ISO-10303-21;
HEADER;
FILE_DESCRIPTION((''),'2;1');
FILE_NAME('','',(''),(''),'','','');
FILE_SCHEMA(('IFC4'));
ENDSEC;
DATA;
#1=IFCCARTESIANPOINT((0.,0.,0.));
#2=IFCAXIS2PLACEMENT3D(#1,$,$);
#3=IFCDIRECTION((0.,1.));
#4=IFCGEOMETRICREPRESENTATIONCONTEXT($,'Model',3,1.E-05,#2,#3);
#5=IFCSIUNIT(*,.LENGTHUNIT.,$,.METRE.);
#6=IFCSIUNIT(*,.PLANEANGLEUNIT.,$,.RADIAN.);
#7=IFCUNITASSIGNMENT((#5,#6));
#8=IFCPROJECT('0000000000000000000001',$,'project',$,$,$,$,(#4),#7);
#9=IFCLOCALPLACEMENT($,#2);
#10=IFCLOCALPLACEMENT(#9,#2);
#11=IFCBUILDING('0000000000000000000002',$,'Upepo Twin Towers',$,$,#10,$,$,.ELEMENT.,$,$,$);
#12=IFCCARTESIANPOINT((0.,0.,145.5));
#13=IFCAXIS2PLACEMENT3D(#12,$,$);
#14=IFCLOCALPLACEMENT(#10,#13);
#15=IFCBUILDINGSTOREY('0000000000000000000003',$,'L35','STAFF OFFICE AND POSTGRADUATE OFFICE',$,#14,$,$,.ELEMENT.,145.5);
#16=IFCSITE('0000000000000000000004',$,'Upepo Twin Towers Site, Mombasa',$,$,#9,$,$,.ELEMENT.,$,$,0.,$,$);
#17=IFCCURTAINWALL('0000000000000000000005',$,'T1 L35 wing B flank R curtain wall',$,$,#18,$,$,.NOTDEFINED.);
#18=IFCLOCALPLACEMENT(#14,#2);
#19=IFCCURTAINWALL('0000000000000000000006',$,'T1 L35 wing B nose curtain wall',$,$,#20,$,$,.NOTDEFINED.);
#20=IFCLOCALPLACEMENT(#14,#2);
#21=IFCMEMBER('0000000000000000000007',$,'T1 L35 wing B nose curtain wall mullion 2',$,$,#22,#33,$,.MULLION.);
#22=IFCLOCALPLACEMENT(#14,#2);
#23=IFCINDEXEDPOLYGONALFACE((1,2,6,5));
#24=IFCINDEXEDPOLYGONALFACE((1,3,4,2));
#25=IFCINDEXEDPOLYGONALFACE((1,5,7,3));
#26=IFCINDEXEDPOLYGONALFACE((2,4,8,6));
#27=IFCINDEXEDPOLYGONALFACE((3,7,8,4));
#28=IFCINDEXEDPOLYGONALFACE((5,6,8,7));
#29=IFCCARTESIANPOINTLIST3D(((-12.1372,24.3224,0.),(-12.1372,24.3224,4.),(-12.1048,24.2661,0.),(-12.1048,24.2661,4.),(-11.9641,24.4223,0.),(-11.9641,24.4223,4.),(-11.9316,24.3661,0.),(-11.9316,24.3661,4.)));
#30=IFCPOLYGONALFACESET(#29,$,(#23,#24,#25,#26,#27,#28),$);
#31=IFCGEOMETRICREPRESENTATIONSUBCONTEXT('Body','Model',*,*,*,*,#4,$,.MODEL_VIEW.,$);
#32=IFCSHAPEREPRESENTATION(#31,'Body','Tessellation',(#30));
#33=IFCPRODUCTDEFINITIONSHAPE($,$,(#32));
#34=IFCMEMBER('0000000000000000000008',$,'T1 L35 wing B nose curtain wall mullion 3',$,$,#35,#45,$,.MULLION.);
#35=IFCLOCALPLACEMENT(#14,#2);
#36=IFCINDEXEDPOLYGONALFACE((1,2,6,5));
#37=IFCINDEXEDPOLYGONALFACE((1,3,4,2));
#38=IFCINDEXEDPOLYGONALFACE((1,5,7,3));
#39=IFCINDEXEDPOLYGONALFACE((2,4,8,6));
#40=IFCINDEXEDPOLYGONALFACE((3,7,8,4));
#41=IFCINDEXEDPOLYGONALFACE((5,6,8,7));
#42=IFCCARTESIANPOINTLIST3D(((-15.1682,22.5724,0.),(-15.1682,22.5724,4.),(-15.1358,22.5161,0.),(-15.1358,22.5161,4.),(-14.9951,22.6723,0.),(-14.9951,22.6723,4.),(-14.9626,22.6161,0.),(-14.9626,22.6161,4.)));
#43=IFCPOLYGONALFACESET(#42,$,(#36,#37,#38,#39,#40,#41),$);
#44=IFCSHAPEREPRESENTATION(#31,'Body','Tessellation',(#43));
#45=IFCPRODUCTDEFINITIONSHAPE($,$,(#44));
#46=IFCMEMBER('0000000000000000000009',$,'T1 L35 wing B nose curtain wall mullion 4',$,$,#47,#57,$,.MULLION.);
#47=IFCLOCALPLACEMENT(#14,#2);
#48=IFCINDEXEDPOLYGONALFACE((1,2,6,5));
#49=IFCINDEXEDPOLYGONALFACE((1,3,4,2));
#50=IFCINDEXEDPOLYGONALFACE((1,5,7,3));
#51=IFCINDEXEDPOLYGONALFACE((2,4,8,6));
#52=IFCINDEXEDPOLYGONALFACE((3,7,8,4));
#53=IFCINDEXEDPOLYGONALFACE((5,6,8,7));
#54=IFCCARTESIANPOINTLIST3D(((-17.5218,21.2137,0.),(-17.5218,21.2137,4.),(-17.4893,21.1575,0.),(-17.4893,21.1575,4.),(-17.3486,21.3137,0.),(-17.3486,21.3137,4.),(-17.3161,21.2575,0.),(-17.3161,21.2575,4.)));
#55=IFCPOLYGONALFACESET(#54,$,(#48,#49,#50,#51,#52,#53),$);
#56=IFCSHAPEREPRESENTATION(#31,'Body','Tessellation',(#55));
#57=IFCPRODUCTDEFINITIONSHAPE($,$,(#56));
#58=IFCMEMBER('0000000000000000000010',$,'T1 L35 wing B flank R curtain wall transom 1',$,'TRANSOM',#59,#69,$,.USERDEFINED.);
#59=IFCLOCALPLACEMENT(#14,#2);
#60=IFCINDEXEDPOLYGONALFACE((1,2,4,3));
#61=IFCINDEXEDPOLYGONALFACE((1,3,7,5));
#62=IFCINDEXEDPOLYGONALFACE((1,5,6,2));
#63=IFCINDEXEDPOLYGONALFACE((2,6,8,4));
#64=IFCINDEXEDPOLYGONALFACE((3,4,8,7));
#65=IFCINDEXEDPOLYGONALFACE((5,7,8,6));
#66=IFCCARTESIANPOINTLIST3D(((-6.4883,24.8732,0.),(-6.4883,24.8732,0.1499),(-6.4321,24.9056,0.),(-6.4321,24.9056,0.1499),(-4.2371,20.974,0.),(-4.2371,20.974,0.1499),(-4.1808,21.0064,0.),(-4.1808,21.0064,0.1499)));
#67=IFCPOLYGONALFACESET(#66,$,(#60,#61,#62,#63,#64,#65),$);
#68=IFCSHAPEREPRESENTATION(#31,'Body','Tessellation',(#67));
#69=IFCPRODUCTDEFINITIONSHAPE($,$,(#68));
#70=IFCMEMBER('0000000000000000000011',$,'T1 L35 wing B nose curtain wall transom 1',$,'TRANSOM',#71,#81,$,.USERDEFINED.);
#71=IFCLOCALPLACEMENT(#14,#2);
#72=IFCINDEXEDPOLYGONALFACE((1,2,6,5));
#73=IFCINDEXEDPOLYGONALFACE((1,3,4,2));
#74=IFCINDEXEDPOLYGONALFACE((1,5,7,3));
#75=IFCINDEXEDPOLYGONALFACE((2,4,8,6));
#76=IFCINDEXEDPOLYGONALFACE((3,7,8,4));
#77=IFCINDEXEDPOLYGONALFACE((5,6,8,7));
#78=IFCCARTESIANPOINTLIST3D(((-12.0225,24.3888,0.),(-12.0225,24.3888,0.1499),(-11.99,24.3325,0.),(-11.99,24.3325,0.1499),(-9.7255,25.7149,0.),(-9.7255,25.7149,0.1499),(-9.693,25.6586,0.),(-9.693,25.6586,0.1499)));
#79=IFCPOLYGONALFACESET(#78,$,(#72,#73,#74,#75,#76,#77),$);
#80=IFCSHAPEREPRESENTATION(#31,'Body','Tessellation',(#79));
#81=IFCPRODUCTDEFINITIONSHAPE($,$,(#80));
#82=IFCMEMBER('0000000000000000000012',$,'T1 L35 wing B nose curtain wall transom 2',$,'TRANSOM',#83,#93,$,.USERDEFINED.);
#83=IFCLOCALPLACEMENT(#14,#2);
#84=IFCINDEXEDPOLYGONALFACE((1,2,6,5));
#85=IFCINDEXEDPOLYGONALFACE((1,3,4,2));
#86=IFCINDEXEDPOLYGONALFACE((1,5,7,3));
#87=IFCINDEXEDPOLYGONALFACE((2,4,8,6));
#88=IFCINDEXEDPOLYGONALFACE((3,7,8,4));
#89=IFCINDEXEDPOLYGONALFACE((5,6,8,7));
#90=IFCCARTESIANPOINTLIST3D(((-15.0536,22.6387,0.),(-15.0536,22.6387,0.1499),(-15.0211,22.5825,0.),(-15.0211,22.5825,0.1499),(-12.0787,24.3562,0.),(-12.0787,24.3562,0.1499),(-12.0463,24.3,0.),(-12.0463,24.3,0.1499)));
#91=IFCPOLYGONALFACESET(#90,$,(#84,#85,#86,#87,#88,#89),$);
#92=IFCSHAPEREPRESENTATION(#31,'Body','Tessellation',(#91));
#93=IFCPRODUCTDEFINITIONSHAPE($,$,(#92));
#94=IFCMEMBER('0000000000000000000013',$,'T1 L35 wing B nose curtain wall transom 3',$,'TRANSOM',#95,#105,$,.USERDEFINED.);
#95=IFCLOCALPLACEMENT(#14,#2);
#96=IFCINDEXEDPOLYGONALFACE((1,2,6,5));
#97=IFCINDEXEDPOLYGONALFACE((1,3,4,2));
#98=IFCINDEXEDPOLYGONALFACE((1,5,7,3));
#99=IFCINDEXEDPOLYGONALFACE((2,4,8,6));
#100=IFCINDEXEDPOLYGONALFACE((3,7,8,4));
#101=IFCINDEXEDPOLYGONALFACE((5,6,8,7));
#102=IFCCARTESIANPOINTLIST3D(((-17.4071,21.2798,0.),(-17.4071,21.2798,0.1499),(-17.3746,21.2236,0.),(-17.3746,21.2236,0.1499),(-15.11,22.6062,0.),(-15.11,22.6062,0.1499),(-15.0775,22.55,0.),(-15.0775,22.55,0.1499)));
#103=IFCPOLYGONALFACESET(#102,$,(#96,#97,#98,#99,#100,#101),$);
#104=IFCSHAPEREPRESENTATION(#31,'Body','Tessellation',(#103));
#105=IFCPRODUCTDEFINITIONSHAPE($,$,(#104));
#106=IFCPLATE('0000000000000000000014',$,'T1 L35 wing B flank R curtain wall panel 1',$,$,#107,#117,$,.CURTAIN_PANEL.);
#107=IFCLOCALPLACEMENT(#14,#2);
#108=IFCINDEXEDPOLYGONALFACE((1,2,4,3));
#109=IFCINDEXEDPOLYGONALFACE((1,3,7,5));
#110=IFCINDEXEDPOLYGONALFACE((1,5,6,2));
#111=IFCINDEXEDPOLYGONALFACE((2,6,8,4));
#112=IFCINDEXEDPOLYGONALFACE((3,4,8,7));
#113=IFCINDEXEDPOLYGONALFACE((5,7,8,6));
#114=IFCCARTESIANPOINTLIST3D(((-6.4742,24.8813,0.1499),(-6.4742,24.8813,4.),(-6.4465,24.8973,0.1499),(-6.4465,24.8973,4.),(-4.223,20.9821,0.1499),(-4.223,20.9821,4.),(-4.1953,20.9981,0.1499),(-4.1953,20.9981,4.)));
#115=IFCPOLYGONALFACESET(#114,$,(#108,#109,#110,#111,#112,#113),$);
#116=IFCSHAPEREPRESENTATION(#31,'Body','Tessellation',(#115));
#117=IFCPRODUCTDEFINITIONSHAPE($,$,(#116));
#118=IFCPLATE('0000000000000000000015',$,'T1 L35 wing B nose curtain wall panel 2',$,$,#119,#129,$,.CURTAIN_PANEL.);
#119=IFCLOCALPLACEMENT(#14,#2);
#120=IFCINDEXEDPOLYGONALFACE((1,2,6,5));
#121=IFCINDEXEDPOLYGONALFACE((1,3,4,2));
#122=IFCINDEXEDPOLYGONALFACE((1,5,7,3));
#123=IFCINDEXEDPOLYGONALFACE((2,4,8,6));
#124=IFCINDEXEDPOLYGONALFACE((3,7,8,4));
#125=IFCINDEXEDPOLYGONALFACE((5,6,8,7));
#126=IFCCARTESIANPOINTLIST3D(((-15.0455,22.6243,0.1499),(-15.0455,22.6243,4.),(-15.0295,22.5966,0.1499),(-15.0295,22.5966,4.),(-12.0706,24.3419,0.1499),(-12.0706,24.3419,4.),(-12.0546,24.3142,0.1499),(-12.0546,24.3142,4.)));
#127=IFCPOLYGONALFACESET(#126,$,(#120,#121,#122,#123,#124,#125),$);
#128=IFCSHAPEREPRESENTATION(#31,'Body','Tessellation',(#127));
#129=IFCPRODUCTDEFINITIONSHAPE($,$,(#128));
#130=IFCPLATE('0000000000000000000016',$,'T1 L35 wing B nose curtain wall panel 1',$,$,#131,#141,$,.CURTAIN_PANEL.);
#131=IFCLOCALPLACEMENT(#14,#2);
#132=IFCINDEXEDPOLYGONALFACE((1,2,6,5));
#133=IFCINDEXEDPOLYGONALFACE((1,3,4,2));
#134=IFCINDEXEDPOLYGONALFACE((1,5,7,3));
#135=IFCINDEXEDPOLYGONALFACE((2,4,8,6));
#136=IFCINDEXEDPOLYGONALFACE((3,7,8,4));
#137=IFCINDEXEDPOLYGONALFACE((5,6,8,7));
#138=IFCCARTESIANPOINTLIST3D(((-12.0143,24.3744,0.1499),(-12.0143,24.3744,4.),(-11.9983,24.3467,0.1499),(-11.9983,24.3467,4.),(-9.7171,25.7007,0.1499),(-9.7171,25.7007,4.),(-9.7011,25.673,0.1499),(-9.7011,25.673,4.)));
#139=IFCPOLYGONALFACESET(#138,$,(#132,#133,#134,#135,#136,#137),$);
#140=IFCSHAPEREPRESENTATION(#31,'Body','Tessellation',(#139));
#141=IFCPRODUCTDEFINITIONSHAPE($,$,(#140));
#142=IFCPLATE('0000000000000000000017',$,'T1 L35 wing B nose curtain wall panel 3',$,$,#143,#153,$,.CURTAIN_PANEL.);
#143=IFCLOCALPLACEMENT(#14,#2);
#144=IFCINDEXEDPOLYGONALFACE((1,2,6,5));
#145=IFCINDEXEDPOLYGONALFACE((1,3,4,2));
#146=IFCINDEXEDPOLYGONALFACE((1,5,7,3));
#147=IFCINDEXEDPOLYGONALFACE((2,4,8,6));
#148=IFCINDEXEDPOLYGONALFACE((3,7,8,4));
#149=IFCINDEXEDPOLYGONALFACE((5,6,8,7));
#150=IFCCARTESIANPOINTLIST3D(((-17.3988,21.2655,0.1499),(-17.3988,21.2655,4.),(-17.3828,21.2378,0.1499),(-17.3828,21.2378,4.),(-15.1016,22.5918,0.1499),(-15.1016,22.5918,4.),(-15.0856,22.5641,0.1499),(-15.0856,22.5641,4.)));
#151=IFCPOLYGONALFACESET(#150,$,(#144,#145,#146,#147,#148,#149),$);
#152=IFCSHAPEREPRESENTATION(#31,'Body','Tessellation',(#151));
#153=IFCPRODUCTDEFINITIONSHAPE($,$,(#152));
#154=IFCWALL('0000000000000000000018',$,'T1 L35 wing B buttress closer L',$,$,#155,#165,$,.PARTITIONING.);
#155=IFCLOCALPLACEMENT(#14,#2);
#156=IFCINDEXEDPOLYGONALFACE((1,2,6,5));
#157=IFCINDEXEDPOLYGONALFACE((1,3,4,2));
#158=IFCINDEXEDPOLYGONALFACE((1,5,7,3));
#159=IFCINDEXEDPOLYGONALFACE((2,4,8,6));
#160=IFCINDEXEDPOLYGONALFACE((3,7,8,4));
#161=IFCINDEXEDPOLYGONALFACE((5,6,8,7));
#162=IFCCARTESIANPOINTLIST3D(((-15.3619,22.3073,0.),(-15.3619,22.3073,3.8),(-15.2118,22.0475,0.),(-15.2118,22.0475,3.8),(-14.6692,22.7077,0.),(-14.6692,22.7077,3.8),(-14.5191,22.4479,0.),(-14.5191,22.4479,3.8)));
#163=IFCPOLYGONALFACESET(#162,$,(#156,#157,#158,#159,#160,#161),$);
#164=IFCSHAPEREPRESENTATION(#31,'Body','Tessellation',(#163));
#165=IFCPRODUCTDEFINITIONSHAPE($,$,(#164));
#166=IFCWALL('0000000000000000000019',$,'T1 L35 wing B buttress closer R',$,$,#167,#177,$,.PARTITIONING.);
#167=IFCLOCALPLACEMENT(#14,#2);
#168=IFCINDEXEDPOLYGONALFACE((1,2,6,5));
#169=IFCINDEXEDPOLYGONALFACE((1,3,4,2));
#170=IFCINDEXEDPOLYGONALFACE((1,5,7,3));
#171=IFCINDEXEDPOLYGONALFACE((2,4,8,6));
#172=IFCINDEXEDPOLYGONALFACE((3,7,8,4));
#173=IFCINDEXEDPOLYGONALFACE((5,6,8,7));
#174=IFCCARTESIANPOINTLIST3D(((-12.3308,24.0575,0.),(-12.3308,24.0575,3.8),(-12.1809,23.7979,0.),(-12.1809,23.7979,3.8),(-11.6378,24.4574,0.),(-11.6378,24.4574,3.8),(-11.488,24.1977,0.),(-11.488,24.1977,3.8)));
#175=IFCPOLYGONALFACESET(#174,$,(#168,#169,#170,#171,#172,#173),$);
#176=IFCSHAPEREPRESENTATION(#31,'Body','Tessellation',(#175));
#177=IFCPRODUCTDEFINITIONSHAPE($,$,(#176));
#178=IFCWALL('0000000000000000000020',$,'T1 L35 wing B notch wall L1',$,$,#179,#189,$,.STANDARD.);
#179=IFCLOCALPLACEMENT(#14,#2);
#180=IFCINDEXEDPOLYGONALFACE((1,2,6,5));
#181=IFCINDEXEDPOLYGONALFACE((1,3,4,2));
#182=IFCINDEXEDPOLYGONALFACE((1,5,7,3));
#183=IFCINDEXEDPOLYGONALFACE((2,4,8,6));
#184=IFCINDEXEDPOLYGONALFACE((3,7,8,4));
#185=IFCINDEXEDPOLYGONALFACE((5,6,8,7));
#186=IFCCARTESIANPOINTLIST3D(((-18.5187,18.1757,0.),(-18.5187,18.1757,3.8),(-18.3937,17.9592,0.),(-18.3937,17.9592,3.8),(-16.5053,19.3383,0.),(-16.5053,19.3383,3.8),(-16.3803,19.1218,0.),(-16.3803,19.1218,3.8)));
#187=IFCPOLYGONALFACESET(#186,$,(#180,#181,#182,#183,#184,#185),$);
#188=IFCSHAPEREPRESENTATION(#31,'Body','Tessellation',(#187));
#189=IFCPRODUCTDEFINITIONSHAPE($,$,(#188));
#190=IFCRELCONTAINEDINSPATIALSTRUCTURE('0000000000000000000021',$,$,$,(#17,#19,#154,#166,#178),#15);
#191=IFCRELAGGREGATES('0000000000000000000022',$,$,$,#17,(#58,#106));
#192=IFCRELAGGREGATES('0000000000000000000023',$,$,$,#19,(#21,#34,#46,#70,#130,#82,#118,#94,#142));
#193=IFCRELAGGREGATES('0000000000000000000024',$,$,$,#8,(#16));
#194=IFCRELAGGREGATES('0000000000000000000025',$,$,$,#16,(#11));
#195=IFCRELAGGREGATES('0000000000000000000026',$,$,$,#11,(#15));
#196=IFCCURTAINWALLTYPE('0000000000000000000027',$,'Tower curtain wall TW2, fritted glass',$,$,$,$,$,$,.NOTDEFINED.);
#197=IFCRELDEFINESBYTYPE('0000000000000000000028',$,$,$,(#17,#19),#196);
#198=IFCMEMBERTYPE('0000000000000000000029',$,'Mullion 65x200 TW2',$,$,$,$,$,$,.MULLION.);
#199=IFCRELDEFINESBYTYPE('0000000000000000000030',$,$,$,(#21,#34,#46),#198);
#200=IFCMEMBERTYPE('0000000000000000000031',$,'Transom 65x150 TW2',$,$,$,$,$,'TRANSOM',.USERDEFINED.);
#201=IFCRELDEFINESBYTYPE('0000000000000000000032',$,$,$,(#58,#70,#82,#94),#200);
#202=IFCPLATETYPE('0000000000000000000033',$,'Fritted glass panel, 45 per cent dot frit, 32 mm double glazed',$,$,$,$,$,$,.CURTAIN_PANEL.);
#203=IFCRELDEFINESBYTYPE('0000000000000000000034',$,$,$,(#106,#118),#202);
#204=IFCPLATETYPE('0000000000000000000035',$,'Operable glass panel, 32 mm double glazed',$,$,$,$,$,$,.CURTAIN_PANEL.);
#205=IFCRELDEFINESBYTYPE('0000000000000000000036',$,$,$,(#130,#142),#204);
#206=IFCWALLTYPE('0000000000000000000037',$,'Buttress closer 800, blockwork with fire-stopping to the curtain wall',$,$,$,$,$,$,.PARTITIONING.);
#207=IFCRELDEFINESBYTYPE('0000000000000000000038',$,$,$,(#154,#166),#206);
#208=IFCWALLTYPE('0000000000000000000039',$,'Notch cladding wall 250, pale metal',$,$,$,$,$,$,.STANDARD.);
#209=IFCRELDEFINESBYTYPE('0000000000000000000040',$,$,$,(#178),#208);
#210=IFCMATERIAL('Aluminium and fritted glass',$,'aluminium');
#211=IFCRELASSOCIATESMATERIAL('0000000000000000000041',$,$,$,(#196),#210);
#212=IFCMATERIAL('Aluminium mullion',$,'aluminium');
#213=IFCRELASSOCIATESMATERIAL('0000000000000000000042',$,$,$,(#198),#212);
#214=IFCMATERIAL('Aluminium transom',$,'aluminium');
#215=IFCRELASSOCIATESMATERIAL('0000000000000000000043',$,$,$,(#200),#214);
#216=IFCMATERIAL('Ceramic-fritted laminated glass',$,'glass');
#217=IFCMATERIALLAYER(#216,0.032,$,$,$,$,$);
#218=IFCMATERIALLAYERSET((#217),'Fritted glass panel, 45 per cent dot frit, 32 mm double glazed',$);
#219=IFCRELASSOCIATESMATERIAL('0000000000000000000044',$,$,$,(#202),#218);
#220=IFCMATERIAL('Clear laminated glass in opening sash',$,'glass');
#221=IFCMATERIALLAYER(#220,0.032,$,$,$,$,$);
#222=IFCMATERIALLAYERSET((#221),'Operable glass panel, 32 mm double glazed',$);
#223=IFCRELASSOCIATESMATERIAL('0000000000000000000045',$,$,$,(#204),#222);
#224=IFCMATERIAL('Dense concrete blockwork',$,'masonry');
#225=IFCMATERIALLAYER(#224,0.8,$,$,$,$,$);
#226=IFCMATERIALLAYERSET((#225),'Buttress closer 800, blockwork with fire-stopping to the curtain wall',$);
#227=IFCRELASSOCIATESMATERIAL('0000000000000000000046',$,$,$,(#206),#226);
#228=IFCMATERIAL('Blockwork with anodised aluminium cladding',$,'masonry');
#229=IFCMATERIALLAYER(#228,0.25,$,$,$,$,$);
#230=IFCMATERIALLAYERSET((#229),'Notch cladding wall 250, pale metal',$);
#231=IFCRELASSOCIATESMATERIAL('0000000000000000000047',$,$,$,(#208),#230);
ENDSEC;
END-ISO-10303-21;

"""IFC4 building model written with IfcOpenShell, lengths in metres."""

from ifc_helpers import new_model, si_unit, direction, frame, frame_2d, origin, origin_2d, place, context, subcontext, project, spatial, rectangle, extrude, material, layer, layer_set, material_profile, profile_set, type_object, element, aggregate, save


model = new_model("IFC4")

# Units and contexts
model_context = context("Model", 3, precision=1e-05, world=origin(), true_north=direction((0.0, 1.0)))
body_context = subcontext(model_context, "Body", "Model", "MODEL_VIEW")
ifc_project = project(units=[si_unit("LENGTHUNIT", "METRE"), si_unit("PLANEANGLEUNIT", "RADIAN")], contexts=[model_context])

# Site, building, storey
site_placement = place(None, origin())
site = spatial("IfcSite", under=ifc_project, at=site_placement, Name="Upepo Twin Towers Site, Mombasa", CompositionType="ELEMENT", RefElevation=0.0)
building_placement = place(site_placement, origin())
building = spatial("IfcBuilding", under=site, at=building_placement, Name="Upepo Twin Towers", CompositionType="ELEMENT")
storey_placement = place(building_placement, frame((0.0, 0.0, 145.5)))
storey = spatial("IfcBuildingStorey", under=building, at=storey_placement, Name="L35", Description="STAFF OFFICE AND POSTGRADUATE OFFICE", CompositionType="ELEMENT", Elevation=145.5)

# Shared definitions
ifc_material_1 = material(Name="Aluminium and fritted glass", Category="aluminium")
curtain_wall_type = type_object("IfcCurtainWallType", Name="Tower curtain wall TW2, fritted glass", PredefinedType="NOTDEFINED", material=ifc_material_1)
ifc_material_2 = material(Name="Aluminium mullion", Category="aluminium")
ifc_material_profile_1 = material_profile(ifc_material_2, rectangle(XDim=0.0649, YDim=0.2, at=origin_2d()), Name="MULLION 65x200")
ifc_profile_set_1 = profile_set([ifc_material_profile_1], Name="Aluminium mullion")
member_type_1 = type_object("IfcMemberType", Name="Mullion 65x200 TW2", PredefinedType="MULLION", material=ifc_profile_set_1)

# Curtain walls, members
curtain_wall_1_placement = place(storey_placement, origin())
curtain_wall_1 = element("IfcCurtainWall", 1, at=curtain_wall_1_placement, inside=storey, type_object=curtain_wall_type, Name="T1 L35 wing B flank R curtain wall", PredefinedType="NOTDEFINED")
curtain_wall_2_placement = place(storey_placement, origin())
curtain_wall_2 = element("IfcCurtainWall", 2, at=curtain_wall_2_placement, inside=storey, type_object=curtain_wall_type, Name="T1 L35 wing B nose curtain wall", PredefinedType="NOTDEFINED")
member_1_placement = place(storey_placement, frame((-12.0344, 24.3442, 0.0), z_axis=(0.0, 0.0, 1.0), x_axis=(0.5, -0.866025, 0.0)))
member_1 = element("IfcMember", 3, at=member_1_placement, type_object=member_type_1, Name="T1 L35 wing B nose curtain wall mullion 2", PredefinedType="MULLION", context=body_context, shape_type="SweptSolid", body=[
    extrude(rectangle(XDim=0.0649, YDim=0.2, at=origin_2d()), origin(), (0.0, 0.0, 1.0), 4.0),
])
member_2_placement = place(storey_placement, frame((-15.0654, 22.5942, 0.0), z_axis=(0.0, 0.0, 1.0), x_axis=(0.5, -0.866025, 0.0)))
member_2 = element("IfcMember", 4, at=member_2_placement, type_object=member_type_1, Name="T1 L35 wing B nose curtain wall mullion 3", PredefinedType="MULLION", context=body_context, shape_type="SweptSolid", body=[
    extrude(rectangle(XDim=0.0649, YDim=0.2, at=origin_2d()), origin(), (0.0, 0.0, 1.0), 4.0),
])
member_3_placement = place(storey_placement, frame((-17.4189, 21.2356, 0.0), z_axis=(0.0, 0.0, 1.0), x_axis=(0.5, -0.866025, 0.0)))
member_3 = element("IfcMember", 5, at=member_3_placement, type_object=member_type_1, Name="T1 L35 wing B nose curtain wall mullion 4", PredefinedType="MULLION", context=body_context, shape_type="SweptSolid", body=[
    extrude(rectangle(XDim=0.0649, YDim=0.2, at=origin_2d()), origin(), (0.0, 0.0, 1.0), 4.0),
])

# Members
ifc_material_3 = material(Name="Aluminium transom", Category="aluminium")
ifc_material_profile_2 = material_profile(ifc_material_3, rectangle(XDim=0.0649, YDim=0.1499, at=origin_2d()), Name="TRANSOM 65x150")
ifc_profile_set_2 = profile_set([ifc_material_profile_2], Name="Aluminium transom")
member_type_2 = type_object("IfcMemberType", Name="Transom 65x150 TW2", ElementType="TRANSOM", PredefinedType="USERDEFINED", material=ifc_profile_set_2)
member_4_placement = place(storey_placement, frame((-6.4602, 24.8894, 0.075), z_axis=(0.500006, -0.866022, 0.0), x_axis=(0.866022, 0.500006, 0.0)))
member_4 = element("IfcMember", 6, at=member_4_placement, type_object=member_type_2, Name="T1 L35 wing B flank R curtain wall transom 1", ObjectType="TRANSOM", PredefinedType="USERDEFINED", context=body_context, shape_type="SweptSolid", body=[
    extrude(rectangle(XDim=0.0649, YDim=0.1499, at=origin_2d()), origin(), (0.0, 0.0, 1.0), 4.5024),
])
member_5_placement = place(storey_placement, frame((-9.7092, 25.6868, 0.075), z_axis=(-0.866037, -0.49998, 0.0), x_axis=(0.49998, -0.866037, 0.0)))
member_5 = element("IfcMember", 7, at=member_5_placement, type_object=member_type_2, Name="T1 L35 wing B nose curtain wall transom 1", ObjectType="TRANSOM", PredefinedType="USERDEFINED", context=body_context, shape_type="SweptSolid", body=[
    extrude(rectangle(XDim=0.0649, YDim=0.1499, at=origin_2d()), origin(), (0.0, 0.0, 1.0), 2.6523),
])
member_6_placement = place(storey_placement, frame((-12.0625, 24.3281, 0.075), z_axis=(-0.866026, -0.499999, 0.0), x_axis=(0.499999, -0.866026, 0.0)))
member_6 = element("IfcMember", 8, at=member_6_placement, type_object=member_type_2, Name="T1 L35 wing B nose curtain wall transom 2", ObjectType="TRANSOM", PredefinedType="USERDEFINED", context=body_context, shape_type="SweptSolid", body=[
    extrude(rectangle(XDim=0.0649, YDim=0.1499, at=origin_2d()), origin(), (0.0, 0.0, 1.0), 3.4351),
])
member_7_placement = place(storey_placement, frame((-15.0938, 22.5781, 0.075), z_axis=(-0.865997, -0.500049, 0.0), x_axis=(0.500049, -0.865997, 0.0)))
member_7 = element("IfcMember", 9, at=member_7_placement, type_object=member_type_2, Name="T1 L35 wing B nose curtain wall transom 3", ObjectType="TRANSOM", PredefinedType="USERDEFINED", context=body_context, shape_type="SweptSolid", body=[
    extrude(rectangle(XDim=0.0649, YDim=0.1499, at=origin_2d()), origin(), (0.0, 0.0, 1.0), 2.6526),
])

# Plates
ifc_material_4 = material(Name="Ceramic-fritted laminated glass", Category="glass")
ifc_layer_1 = layer(ifc_material_4, 0.032)
ifc_layer_set_1 = layer_set([ifc_layer_1], Name="Fritted glass panel, 45 per cent dot frit, 32 mm double glazed")
plate_type_1 = type_object("IfcPlateType", Name="Fritted glass panel, 45 per cent dot frit, 32 mm double glazed", PredefinedType="CURTAIN_PANEL", material=ifc_layer_set_1)
plate_1_placement = place(storey_placement, frame((-5.3347, 22.9397, 0.1499), z_axis=(0.0, 0.0, 1.0), x_axis=(0.5, -0.866025, 0.0)))
plate_1 = element("IfcPlate", 10, at=plate_1_placement, type_object=plate_type_1, Name="T1 L35 wing B flank R curtain wall panel 1", PredefinedType="CURTAIN_PANEL", context=body_context, shape_type="SweptSolid", body=[
    extrude(rectangle(XDim=4.5024, YDim=0.032, at=origin_2d()), origin(), (0.0, 0.0, 1.0), 3.8501),
])
aggregate(curtain_wall_1, [member_4, plate_1])
plate_2_placement = place(storey_placement, frame((-13.55, 23.4692, 0.1499), z_axis=(0.0, 0.0, 1.0), x_axis=(-0.866025, -0.5, 0.0)))
plate_2 = element("IfcPlate", 11, at=plate_2_placement, type_object=plate_type_1, Name="T1 L35 wing B nose curtain wall panel 2", PredefinedType="CURTAIN_PANEL", context=body_context, shape_type="SweptSolid", body=[
    extrude(rectangle(XDim=3.4351, YDim=0.032, at=origin_2d()), origin(), (0.0, 0.0, 1.0), 3.8501),
])
ifc_material_5 = material(Name="Clear laminated glass in opening sash", Category="glass")
ifc_layer_2 = layer(ifc_material_5, 0.032)
ifc_layer_set_2 = layer_set([ifc_layer_2], Name="Operable glass panel, 32 mm double glazed")
plate_type_2 = type_object("IfcPlateType", Name="Operable glass panel, 32 mm double glazed", PredefinedType="CURTAIN_PANEL", material=ifc_layer_set_2)
plate_3_placement = place(storey_placement, frame((-10.8577, 25.0237, 0.1499), z_axis=(0.0, 0.0, 1.0), x_axis=(-0.866025, -0.5, 0.0)))
plate_3 = element("IfcPlate", 12, at=plate_3_placement, type_object=plate_type_2, Name="T1 L35 wing B nose curtain wall panel 1", PredefinedType="CURTAIN_PANEL", context=body_context, shape_type="SweptSolid", body=[
    extrude(rectangle(XDim=2.6526, YDim=0.032, at=origin_2d()), origin(), (0.0, 0.0, 1.0), 3.8501),
])
plate_4_placement = place(storey_placement, frame((-16.2422, 21.9148, 0.1499), z_axis=(0.0, 0.0, 1.0), x_axis=(-0.866025, -0.5, 0.0)))
plate_4 = element("IfcPlate", 13, at=plate_4_placement, type_object=plate_type_2, Name="T1 L35 wing B nose curtain wall panel 3", PredefinedType="CURTAIN_PANEL", context=body_context, shape_type="SweptSolid", body=[
    extrude(rectangle(XDim=2.6526, YDim=0.032, at=origin_2d()), origin(), (0.0, 0.0, 1.0), 3.8501),
])
aggregate(curtain_wall_2, [member_1, member_2, member_3, member_5, plate_3, member_6, plate_2, member_7, plate_4])

# Walls
ifc_material_6 = material(Name="Dense concrete blockwork", Category="masonry")
ifc_layer_3 = layer(ifc_material_6, 0.8)
ifc_layer_set_3 = layer_set([ifc_layer_3], Name="Buttress closer 800, blockwork with fire-stopping to the curtain wall")
wall_type_1 = type_object("IfcWallType", Name="Buttress closer 800, blockwork with fire-stopping to the curtain wall", PredefinedType="PARTITIONING", material=ifc_layer_set_3)
wall_1_placement = place(storey_placement, frame((-14.8655, 22.2478, 0.0), z_axis=(0.0, 0.0, 1.0), x_axis=(-0.500427, 0.865779, 0.0)))
element("IfcWall", 14, at=wall_1_placement, inside=storey, type_object=wall_type_1, Name="T1 L35 wing B buttress closer L", PredefinedType="PARTITIONING", context=body_context, shape_type="SweptSolid", body=[
    extrude(rectangle(XDim=0.3, YDim=0.8, at=frame_2d((0.1499, 0.0))), origin(), (0.0, 0.0, 1.0), 3.8),
])
wall_2_placement = place(storey_placement, frame((-11.8345, 23.9978, 0.0), z_axis=(0.0, 0.0, 1.0), x_axis=(-0.499816, 0.866131, 0.0)))
element("IfcWall", 15, at=wall_2_placement, inside=storey, type_object=wall_type_1, Name="T1 L35 wing B buttress closer R", PredefinedType="PARTITIONING", context=body_context, shape_type="SweptSolid", body=[
    extrude(rectangle(XDim=0.2998, YDim=0.8, at=frame_2d((0.1499, 0.0))), origin(), (0.0, 0.0, 1.0), 3.8),
])
ifc_material_7 = material(Name="Blockwork with anodised aluminium cladding", Category="masonry")
ifc_layer_4 = layer(ifc_material_7, 0.25)
ifc_layer_set_4 = layer_set([ifc_layer_4], Name="Notch cladding wall 250, pale metal")
wall_type_2 = type_object("IfcWallType", Name="Notch cladding wall 250, pale metal", PredefinedType="STANDARD", material=ifc_layer_set_4)
for number, where, z_axis, x_axis, name in (
    (16, (-18.4563, 18.0674, 0.0), (0.0, 0.0, 1.0), (0.865998, 0.500047, 0.0), "T1 L35 wing B notch wall L1"),
):
    element("IfcWall", number, at=place(storey_placement, frame(where, z_axis=z_axis, x_axis=x_axis)), inside=storey, type_object=wall_type_2, Name=name, PredefinedType="STANDARD", context=body_context, shape_type="SweptSolid", body=[
        extrude(rectangle(XDim=2.325, YDim=0.25, at=frame_2d((1.1626, 0.0))), origin(), (0.0, 0.0, 1.0), 3.8),
    ])

save(model, "model.ifc")
